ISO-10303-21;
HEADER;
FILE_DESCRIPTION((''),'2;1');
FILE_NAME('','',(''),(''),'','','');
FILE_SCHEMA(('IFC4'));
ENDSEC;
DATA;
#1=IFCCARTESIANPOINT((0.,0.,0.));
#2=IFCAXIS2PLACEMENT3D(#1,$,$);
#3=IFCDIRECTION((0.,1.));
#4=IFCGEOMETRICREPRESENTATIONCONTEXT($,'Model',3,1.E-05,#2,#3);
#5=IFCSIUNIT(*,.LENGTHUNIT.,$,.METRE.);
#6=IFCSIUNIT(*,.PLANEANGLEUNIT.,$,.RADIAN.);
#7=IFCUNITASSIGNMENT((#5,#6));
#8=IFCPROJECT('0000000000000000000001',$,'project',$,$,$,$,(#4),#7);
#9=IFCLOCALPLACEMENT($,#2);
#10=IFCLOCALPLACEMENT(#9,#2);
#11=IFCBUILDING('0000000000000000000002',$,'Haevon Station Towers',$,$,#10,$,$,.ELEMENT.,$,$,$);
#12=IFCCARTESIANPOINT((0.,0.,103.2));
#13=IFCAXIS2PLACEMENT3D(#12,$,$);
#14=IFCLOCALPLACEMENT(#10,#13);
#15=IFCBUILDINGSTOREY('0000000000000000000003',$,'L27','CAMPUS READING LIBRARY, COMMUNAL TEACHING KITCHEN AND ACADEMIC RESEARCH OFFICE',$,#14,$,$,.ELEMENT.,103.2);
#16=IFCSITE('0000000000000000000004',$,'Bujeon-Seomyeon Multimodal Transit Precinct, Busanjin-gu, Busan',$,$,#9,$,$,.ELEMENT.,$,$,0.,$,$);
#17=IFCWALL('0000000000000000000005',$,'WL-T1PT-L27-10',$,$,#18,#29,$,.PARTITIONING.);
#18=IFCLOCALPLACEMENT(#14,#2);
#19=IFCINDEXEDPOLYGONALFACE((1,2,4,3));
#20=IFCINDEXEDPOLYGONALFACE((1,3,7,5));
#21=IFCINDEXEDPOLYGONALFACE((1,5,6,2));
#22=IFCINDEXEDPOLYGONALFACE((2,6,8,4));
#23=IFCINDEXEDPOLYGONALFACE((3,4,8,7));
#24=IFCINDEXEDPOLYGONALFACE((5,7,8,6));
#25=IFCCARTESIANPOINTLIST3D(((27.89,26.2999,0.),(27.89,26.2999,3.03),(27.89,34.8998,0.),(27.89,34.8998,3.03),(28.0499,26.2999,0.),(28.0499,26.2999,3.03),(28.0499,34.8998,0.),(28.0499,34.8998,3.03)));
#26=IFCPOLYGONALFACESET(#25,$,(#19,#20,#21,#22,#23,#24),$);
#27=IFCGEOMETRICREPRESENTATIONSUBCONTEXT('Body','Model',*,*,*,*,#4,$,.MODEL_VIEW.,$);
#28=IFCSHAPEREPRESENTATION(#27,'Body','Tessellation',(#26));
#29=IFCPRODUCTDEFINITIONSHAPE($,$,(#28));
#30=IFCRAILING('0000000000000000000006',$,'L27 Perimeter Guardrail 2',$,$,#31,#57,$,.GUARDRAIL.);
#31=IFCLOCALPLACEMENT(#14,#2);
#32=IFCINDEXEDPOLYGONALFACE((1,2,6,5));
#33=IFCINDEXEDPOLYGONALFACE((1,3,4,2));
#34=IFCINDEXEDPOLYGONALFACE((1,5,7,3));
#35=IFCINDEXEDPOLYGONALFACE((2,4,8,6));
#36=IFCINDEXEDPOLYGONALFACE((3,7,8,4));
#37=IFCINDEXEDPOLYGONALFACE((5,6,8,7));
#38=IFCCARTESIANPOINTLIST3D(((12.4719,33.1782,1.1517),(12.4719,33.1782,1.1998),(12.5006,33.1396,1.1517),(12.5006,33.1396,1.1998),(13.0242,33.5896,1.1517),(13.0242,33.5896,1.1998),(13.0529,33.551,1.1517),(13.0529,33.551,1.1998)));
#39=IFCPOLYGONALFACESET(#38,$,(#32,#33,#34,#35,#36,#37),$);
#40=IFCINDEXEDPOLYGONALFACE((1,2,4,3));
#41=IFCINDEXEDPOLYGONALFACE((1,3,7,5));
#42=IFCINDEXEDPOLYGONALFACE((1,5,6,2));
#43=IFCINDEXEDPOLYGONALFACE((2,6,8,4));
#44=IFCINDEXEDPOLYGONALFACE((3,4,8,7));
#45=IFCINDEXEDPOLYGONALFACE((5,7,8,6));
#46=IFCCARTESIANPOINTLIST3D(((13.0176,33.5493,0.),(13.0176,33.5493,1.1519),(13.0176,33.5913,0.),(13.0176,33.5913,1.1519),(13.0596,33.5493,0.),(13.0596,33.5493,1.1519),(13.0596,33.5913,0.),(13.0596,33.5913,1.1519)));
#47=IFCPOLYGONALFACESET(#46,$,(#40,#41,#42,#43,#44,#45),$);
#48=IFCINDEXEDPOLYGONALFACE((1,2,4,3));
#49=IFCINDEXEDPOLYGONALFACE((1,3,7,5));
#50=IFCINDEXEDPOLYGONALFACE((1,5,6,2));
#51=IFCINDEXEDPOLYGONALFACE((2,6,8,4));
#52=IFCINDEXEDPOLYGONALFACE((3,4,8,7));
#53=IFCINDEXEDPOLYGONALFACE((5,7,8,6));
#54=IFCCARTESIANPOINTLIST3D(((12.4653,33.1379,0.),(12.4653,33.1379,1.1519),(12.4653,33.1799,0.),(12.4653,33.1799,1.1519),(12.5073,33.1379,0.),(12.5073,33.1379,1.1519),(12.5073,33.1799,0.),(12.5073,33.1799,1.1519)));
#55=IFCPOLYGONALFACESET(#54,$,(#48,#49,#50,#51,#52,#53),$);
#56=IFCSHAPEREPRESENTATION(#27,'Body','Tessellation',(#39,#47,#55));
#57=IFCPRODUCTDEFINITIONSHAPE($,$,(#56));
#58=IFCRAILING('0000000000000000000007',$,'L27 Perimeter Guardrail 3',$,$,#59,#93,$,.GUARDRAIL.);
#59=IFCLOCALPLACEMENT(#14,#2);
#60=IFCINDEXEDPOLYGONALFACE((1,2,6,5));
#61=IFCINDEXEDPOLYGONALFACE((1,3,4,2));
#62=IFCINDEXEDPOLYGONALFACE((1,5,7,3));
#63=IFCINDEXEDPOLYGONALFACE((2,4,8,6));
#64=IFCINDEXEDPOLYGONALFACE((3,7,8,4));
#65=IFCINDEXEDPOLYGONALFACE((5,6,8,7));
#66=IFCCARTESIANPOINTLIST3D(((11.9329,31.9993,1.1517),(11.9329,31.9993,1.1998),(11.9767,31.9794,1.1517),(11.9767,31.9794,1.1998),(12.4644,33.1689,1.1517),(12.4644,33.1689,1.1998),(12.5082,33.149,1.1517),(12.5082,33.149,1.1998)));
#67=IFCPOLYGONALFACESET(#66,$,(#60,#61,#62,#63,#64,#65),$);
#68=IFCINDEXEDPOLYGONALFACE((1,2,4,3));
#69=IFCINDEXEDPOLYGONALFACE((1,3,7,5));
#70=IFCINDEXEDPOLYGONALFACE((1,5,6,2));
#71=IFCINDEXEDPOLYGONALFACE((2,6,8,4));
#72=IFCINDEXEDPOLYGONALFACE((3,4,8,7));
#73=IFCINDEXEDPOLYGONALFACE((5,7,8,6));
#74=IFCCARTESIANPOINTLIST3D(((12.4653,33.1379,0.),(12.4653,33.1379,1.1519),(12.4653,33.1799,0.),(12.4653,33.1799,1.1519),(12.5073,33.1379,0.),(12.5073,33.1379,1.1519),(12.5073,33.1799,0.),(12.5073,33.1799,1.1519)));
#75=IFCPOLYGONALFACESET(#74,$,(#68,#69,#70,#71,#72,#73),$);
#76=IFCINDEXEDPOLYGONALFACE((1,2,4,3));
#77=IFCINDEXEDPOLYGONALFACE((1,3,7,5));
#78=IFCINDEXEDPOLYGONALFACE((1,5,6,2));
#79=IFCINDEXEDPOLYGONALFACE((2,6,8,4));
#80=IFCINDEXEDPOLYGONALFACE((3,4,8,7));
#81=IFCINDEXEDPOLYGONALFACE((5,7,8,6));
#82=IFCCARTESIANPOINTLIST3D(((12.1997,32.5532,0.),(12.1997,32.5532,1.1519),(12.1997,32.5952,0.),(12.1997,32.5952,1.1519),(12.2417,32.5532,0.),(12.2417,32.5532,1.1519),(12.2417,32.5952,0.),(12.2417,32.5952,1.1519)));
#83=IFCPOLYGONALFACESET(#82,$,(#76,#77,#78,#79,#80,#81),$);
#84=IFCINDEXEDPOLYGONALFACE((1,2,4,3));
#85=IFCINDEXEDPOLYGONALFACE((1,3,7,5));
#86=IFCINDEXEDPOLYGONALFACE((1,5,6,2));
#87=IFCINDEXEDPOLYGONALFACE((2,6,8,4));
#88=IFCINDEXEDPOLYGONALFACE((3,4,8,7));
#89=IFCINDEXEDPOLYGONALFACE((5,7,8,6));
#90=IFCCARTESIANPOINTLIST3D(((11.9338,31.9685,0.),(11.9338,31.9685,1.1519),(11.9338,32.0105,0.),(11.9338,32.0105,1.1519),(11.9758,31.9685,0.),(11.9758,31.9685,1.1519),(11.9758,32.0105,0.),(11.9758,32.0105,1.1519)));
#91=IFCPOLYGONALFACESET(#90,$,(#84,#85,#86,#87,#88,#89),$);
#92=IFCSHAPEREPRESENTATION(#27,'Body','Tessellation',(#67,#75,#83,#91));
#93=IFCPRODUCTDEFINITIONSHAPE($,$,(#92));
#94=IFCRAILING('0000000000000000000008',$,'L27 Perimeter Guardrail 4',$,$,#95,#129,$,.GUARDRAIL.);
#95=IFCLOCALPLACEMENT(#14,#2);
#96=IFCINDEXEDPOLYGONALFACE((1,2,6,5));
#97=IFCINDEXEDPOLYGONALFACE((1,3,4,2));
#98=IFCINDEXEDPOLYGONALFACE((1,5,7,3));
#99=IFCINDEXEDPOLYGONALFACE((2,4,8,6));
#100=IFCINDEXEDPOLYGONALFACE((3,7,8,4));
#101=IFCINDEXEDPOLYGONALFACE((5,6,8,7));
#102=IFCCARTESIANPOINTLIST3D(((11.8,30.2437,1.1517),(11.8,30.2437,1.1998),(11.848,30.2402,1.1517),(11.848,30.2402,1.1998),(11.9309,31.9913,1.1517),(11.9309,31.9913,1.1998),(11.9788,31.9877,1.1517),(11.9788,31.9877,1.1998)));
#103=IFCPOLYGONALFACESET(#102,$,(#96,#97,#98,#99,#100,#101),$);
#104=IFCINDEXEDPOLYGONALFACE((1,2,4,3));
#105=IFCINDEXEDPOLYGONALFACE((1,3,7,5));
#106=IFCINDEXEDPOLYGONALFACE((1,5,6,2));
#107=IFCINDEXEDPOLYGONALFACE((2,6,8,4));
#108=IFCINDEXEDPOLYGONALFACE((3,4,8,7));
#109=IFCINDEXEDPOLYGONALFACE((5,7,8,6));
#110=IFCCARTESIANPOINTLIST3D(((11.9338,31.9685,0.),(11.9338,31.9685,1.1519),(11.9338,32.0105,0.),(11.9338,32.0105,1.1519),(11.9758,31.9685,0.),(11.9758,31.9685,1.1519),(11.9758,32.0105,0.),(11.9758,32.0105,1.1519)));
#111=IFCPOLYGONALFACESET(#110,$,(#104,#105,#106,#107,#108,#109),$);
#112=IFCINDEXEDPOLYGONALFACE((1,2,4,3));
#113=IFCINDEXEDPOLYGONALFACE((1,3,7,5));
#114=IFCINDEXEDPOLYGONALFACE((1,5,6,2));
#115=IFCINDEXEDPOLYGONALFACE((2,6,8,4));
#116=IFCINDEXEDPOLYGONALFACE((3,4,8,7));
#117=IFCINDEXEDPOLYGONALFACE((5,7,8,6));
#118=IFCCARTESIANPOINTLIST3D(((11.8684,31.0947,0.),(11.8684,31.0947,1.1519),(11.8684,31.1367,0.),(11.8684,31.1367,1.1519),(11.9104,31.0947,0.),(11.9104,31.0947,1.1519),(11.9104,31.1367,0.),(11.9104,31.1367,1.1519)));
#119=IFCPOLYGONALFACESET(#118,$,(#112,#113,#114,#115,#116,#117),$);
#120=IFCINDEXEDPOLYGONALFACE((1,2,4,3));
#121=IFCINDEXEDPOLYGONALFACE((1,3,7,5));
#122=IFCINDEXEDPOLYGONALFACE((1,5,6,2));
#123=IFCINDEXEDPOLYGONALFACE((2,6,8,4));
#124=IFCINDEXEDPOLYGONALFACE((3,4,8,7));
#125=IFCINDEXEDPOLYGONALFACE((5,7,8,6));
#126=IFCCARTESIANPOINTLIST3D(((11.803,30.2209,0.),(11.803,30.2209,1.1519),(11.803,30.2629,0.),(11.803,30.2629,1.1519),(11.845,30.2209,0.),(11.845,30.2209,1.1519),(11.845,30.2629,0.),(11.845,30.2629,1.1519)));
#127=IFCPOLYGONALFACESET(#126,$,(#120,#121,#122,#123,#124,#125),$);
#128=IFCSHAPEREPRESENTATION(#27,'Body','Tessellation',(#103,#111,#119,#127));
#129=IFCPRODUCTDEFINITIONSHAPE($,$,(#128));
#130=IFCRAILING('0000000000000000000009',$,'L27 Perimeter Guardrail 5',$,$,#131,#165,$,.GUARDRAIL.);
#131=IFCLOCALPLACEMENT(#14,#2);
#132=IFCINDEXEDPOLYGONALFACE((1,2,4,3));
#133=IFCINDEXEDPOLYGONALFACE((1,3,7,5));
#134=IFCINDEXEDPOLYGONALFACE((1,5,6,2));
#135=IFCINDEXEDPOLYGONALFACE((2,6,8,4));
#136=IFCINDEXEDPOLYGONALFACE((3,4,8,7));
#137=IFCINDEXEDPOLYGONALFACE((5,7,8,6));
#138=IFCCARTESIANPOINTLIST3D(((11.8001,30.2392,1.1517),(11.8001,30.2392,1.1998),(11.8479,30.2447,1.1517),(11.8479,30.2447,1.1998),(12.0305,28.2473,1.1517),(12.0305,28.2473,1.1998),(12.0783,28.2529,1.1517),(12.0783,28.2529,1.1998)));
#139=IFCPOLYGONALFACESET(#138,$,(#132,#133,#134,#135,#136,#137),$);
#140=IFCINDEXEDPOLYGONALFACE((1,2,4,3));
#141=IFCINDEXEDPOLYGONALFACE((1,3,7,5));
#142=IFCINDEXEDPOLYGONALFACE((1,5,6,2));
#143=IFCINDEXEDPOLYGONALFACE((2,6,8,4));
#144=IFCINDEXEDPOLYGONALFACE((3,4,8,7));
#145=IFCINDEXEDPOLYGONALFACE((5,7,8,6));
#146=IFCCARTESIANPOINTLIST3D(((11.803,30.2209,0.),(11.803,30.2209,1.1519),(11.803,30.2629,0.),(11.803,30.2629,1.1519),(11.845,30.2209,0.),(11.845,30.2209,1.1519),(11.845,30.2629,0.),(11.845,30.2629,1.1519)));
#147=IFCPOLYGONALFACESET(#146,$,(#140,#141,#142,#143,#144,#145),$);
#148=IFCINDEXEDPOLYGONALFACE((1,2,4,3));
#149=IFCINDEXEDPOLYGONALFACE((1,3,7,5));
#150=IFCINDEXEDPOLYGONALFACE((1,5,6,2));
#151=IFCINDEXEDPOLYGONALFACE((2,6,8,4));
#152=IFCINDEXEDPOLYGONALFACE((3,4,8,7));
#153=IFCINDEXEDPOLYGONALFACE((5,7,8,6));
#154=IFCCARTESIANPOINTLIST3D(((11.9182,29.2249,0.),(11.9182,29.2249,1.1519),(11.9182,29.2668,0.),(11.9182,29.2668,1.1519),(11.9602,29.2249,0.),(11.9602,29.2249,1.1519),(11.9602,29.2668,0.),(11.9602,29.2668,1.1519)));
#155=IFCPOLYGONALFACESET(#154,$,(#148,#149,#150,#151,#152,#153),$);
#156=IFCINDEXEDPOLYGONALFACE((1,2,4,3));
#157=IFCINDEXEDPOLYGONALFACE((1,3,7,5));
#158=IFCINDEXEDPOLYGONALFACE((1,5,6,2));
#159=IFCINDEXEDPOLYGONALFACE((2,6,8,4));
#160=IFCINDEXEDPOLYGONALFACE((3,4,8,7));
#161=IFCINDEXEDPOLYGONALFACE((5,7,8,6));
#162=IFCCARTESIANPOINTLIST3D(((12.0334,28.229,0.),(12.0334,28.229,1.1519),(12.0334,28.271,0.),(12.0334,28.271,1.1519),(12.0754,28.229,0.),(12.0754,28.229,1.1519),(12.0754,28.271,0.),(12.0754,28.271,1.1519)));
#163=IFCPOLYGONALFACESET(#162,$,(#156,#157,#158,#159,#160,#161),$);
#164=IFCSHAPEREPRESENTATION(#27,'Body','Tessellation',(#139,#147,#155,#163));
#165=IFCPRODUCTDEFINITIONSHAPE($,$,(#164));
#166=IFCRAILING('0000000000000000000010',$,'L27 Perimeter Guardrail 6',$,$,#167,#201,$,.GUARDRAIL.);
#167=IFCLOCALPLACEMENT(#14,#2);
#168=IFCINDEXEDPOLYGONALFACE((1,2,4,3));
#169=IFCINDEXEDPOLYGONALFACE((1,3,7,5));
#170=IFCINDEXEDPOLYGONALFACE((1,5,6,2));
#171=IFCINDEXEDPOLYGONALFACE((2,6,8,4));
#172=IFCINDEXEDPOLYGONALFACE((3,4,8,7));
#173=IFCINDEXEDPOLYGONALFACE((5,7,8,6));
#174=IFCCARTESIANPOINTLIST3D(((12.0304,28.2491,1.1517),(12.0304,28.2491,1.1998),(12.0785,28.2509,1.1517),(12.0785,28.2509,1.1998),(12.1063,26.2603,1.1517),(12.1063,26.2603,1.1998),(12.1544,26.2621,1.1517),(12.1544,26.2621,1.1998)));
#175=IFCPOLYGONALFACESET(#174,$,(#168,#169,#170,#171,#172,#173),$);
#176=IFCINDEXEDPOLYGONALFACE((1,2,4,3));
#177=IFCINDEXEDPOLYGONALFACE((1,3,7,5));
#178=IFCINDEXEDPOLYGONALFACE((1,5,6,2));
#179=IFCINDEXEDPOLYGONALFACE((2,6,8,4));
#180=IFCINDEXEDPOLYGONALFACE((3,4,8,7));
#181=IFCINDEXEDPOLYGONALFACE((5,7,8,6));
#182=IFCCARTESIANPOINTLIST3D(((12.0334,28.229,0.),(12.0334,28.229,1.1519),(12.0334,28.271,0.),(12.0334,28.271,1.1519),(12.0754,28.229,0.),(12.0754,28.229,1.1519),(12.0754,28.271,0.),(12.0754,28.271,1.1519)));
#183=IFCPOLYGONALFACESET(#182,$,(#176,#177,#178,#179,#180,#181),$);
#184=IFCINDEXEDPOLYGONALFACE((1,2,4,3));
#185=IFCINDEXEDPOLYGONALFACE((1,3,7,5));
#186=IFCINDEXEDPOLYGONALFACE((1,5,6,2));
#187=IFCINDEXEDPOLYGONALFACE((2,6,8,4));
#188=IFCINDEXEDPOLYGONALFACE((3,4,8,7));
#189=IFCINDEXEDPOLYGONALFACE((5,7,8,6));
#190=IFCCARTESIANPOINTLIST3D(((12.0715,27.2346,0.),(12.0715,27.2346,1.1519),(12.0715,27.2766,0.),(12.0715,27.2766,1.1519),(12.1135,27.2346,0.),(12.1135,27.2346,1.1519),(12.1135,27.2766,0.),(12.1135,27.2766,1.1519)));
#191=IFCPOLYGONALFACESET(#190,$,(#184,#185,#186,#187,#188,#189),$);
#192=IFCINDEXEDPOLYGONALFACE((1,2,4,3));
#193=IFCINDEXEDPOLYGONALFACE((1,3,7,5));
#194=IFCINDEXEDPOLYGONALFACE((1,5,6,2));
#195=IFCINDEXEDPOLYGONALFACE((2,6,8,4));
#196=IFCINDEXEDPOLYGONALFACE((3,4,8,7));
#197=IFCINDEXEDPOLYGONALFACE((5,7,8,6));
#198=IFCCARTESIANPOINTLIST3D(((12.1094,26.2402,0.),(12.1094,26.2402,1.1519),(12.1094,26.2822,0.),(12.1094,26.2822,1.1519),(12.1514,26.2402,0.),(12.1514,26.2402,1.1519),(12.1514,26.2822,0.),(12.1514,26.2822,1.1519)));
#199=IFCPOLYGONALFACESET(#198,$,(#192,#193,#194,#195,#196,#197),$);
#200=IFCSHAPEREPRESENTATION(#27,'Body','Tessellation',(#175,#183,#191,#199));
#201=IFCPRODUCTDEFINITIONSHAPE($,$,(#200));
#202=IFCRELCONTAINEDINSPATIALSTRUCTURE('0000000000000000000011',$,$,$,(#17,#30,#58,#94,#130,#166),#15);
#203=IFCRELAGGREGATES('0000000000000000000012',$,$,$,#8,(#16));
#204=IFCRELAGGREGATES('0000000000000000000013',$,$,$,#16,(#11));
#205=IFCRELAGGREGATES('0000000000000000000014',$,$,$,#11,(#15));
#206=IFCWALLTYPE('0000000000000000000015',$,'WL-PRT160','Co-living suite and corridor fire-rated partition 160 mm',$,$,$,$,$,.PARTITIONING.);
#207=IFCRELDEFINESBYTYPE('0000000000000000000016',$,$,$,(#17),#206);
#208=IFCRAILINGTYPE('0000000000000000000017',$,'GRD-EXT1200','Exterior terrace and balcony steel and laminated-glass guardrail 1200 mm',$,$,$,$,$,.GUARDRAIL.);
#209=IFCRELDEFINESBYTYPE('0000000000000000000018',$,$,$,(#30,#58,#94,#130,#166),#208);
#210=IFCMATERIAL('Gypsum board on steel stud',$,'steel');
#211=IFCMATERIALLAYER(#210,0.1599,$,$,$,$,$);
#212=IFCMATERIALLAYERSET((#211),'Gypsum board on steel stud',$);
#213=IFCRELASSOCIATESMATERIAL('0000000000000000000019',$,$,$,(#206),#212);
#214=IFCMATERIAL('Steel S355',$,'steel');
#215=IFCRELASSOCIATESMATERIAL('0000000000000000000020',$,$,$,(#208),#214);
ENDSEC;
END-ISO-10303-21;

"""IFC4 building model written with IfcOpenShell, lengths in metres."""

from ifc_helpers import new_model, si_unit, direction, frame, frame_2d, origin, origin_2d, place, context, subcontext, project, spatial, rectangle, extrude, material, layer, layer_set, type_object, element, save


model = new_model("IFC4")

# Units and contexts
model_context = context("Model", 3, precision=1e-05, world=origin(), true_north=direction((0.0, 1.0)))
body_context = subcontext(model_context, "Body", "Model", "MODEL_VIEW")
ifc_project = project(units=[si_unit("LENGTHUNIT", "METRE"), si_unit("PLANEANGLEUNIT", "RADIAN")], contexts=[model_context])

# Site, building, storey
site_placement = place(None, origin())
site = spatial("IfcSite", under=ifc_project, at=site_placement, Name="Bujeon-Seomyeon Multimodal Transit Precinct, Busanjin-gu, Busan", CompositionType="ELEMENT", RefElevation=0.0)
building_placement = place(site_placement, origin())
building = spatial("IfcBuilding", under=site, at=building_placement, Name="Haevon Station Towers", CompositionType="ELEMENT")
storey_placement = place(building_placement, frame((0.0, 0.0, 103.2)))
storey = spatial("IfcBuildingStorey", under=building, at=storey_placement, Name="L27", Description="CAMPUS READING LIBRARY, COMMUNAL TEACHING KITCHEN AND ACADEMIC RESEARCH OFFICE", CompositionType="ELEMENT", Elevation=103.2)

# Shared definitions
ifc_material_1 = material(Name="Steel S355", Category="steel")

# Wall
ifc_material_2 = material(Name="Gypsum board on steel stud", Category="steel")
ifc_layer_1 = layer(ifc_material_2, 0.1599)
ifc_layer_set_1 = layer_set([ifc_layer_1], Name="Gypsum board on steel stud")
wall_type_1 = type_object("IfcWallType", Name="WL-PRT160", Description="Co-living suite and corridor fire-rated partition 160 mm", PredefinedType="PARTITIONING", material=ifc_layer_set_1)
wall_1_placement = place(storey_placement, frame((27.97, 26.3, 0.0), z_axis=(0.0, 0.0, 1.0), x_axis=(0.0, 1.0, 0.0)))
element("IfcWall", 1, at=wall_1_placement, inside=storey, type_object=wall_type_1, Name="WL-T1PT-L27-10", PredefinedType="PARTITIONING", context=body_context, shape_type="SweptSolid", body=[
    extrude(rectangle(XDim=8.5999, YDim=0.1599, at=frame_2d((4.2998, 0.0))), origin(), (0.0, 0.0, 1.0), 3.03),
])

# Railings
railing_type = type_object("IfcRailingType", Name="GRD-EXT1200", Description="Exterior terrace and balcony steel and laminated-glass guardrail 1200 mm", PredefinedType="GUARDRAIL", material=ifc_material_1)
railing_1_placement = place(storey_placement, frame((13.0386, 33.5703, 0.0)))
element("IfcRailing", 2, at=railing_1_placement, inside=storey, type_object=railing_type, Name="L27 Perimeter Guardrail 2", PredefinedType="GUARDRAIL", context=body_context, shape_type="SweptSolid", body=[
    extrude(rectangle(XDim=0.0481, YDim=0.0481, at=origin_2d()), frame((0.0, 0.0, 1.1758), z_axis=(-0.801953, -0.597387, 0.0), x_axis=(0.597387, -0.801953, 0.0)), (0.0, 0.0, 1.0), 0.6887),
    extrude(rectangle(XDim=0.042, YDim=0.042, at=origin_2d()), origin(), (0.0, 0.0, 1.0), 1.1519),
    extrude(rectangle(XDim=0.042, YDim=0.042, at=origin_2d()), frame((-0.5522, -0.4114, 0.0)), (0.0, 0.0, 1.0), 1.1519),
])
railing_2_placement = place(storey_placement, frame((12.4863, 33.1589, 0.0)))
element("IfcRailing", 3, at=railing_2_placement, inside=storey, type_object=railing_type, Name="L27 Perimeter Guardrail 3", PredefinedType="GUARDRAIL", context=body_context, shape_type="SweptSolid", body=[
    extrude(rectangle(XDim=0.0481, YDim=0.0481, at=origin_2d()), frame((0.0, 0.0, 1.1758), z_axis=(-0.41376, -0.910386, 0.0), x_axis=(0.910386, -0.41376, 0.0)), (0.0, 0.0, 1.0), 1.2847),
    extrude(rectangle(XDim=0.042, YDim=0.042, at=origin_2d()), origin(), (0.0, 0.0, 1.0), 1.1519),
    extrude(rectangle(XDim=0.042, YDim=0.042, at=origin_2d()), frame((-0.2656, -0.5847, 0.0)), (0.0, 0.0, 1.0), 1.1519),
    extrude(rectangle(XDim=0.042, YDim=0.042, at=origin_2d()), frame((-0.5315, -1.1694, 0.0)), (0.0, 0.0, 1.0), 1.1519),
])
railing_3_placement = place(storey_placement, frame((11.9548, 31.9895, 0.0)))
element("IfcRailing", 4, at=railing_3_placement, inside=storey, type_object=railing_type, Name="L27 Perimeter Guardrail 4", PredefinedType="GUARDRAIL", context=body_context, shape_type="SweptSolid", body=[
    extrude(rectangle(XDim=0.0481, YDim=0.0481, at=origin_2d()), frame((0.0, 0.0, 1.1758), z_axis=(-0.074672, -0.997208, 0.0), x_axis=(0.997208, -0.074672, 0.0)), (0.0, 0.0, 1.0), 1.7524),
    extrude(rectangle(XDim=0.042, YDim=0.042, at=origin_2d()), origin(), (0.0, 0.0, 1.0), 1.1519),
    extrude(rectangle(XDim=0.042, YDim=0.042, at=origin_2d()), frame((-0.0654, -0.8738, 0.0)), (0.0, 0.0, 1.0), 1.1519),
    extrude(rectangle(XDim=0.042, YDim=0.042, at=origin_2d()), frame((-0.1309, -1.7476, 0.0)), (0.0, 0.0, 1.0), 1.1519),
])
railing_4_placement = place(storey_placement, frame((11.824, 30.2419, 0.0)))
element("IfcRailing", 5, at=railing_4_placement, inside=storey, type_object=railing_type, Name="L27 Perimeter Guardrail 5", PredefinedType="GUARDRAIL", context=body_context, shape_type="SweptSolid", body=[
    extrude(rectangle(XDim=0.0481, YDim=0.0481, at=origin_2d()), frame((0.0, 0.0, 1.1758), z_axis=(0.114934, -0.993373, 0.0), x_axis=(0.993373, 0.114934, 0.0)), (0.0, 0.0, 1.0), 2.0051),
    extrude(rectangle(XDim=0.042, YDim=0.042, at=origin_2d()), origin(), (0.0, 0.0, 1.0), 1.1519),
    extrude(rectangle(XDim=0.042, YDim=0.042, at=origin_2d()), frame((0.1152, -0.9961, 0.0)), (0.0, 0.0, 1.0), 1.1519),
    extrude(rectangle(XDim=0.042, YDim=0.042, at=origin_2d()), frame((0.2305, -1.9919, 0.0)), (0.0, 0.0, 1.0), 1.1519),
])
railing_5_placement = place(storey_placement, frame((12.0544, 28.25, 0.0)))
element("IfcRailing", 6, at=railing_5_placement, inside=storey, type_object=railing_type, Name="L27 Perimeter Guardrail 6", PredefinedType="GUARDRAIL", context=body_context, shape_type="SweptSolid", body=[
    extrude(rectangle(XDim=0.0481, YDim=0.0481, at=origin_2d()), frame((0.0, 0.0, 1.1758), z_axis=(0.03815, -0.999272, 0.0), x_axis=(0.999272, 0.03815, 0.0)), (0.0, 0.0, 1.0), 1.9902),
    extrude(rectangle(XDim=0.042, YDim=0.042, at=origin_2d()), origin(), (0.0, 0.0, 1.0), 1.1519),
    extrude(rectangle(XDim=0.042, YDim=0.042, at=origin_2d()), frame((0.0381, -0.9944, 0.0)), (0.0, 0.0, 1.0), 1.1519),
    extrude(rectangle(XDim=0.042, YDim=0.042, at=origin_2d()), frame((0.0759, -1.9888, 0.0)), (0.0, 0.0, 1.0), 1.1519),
])

save(model, "model.ifc")
